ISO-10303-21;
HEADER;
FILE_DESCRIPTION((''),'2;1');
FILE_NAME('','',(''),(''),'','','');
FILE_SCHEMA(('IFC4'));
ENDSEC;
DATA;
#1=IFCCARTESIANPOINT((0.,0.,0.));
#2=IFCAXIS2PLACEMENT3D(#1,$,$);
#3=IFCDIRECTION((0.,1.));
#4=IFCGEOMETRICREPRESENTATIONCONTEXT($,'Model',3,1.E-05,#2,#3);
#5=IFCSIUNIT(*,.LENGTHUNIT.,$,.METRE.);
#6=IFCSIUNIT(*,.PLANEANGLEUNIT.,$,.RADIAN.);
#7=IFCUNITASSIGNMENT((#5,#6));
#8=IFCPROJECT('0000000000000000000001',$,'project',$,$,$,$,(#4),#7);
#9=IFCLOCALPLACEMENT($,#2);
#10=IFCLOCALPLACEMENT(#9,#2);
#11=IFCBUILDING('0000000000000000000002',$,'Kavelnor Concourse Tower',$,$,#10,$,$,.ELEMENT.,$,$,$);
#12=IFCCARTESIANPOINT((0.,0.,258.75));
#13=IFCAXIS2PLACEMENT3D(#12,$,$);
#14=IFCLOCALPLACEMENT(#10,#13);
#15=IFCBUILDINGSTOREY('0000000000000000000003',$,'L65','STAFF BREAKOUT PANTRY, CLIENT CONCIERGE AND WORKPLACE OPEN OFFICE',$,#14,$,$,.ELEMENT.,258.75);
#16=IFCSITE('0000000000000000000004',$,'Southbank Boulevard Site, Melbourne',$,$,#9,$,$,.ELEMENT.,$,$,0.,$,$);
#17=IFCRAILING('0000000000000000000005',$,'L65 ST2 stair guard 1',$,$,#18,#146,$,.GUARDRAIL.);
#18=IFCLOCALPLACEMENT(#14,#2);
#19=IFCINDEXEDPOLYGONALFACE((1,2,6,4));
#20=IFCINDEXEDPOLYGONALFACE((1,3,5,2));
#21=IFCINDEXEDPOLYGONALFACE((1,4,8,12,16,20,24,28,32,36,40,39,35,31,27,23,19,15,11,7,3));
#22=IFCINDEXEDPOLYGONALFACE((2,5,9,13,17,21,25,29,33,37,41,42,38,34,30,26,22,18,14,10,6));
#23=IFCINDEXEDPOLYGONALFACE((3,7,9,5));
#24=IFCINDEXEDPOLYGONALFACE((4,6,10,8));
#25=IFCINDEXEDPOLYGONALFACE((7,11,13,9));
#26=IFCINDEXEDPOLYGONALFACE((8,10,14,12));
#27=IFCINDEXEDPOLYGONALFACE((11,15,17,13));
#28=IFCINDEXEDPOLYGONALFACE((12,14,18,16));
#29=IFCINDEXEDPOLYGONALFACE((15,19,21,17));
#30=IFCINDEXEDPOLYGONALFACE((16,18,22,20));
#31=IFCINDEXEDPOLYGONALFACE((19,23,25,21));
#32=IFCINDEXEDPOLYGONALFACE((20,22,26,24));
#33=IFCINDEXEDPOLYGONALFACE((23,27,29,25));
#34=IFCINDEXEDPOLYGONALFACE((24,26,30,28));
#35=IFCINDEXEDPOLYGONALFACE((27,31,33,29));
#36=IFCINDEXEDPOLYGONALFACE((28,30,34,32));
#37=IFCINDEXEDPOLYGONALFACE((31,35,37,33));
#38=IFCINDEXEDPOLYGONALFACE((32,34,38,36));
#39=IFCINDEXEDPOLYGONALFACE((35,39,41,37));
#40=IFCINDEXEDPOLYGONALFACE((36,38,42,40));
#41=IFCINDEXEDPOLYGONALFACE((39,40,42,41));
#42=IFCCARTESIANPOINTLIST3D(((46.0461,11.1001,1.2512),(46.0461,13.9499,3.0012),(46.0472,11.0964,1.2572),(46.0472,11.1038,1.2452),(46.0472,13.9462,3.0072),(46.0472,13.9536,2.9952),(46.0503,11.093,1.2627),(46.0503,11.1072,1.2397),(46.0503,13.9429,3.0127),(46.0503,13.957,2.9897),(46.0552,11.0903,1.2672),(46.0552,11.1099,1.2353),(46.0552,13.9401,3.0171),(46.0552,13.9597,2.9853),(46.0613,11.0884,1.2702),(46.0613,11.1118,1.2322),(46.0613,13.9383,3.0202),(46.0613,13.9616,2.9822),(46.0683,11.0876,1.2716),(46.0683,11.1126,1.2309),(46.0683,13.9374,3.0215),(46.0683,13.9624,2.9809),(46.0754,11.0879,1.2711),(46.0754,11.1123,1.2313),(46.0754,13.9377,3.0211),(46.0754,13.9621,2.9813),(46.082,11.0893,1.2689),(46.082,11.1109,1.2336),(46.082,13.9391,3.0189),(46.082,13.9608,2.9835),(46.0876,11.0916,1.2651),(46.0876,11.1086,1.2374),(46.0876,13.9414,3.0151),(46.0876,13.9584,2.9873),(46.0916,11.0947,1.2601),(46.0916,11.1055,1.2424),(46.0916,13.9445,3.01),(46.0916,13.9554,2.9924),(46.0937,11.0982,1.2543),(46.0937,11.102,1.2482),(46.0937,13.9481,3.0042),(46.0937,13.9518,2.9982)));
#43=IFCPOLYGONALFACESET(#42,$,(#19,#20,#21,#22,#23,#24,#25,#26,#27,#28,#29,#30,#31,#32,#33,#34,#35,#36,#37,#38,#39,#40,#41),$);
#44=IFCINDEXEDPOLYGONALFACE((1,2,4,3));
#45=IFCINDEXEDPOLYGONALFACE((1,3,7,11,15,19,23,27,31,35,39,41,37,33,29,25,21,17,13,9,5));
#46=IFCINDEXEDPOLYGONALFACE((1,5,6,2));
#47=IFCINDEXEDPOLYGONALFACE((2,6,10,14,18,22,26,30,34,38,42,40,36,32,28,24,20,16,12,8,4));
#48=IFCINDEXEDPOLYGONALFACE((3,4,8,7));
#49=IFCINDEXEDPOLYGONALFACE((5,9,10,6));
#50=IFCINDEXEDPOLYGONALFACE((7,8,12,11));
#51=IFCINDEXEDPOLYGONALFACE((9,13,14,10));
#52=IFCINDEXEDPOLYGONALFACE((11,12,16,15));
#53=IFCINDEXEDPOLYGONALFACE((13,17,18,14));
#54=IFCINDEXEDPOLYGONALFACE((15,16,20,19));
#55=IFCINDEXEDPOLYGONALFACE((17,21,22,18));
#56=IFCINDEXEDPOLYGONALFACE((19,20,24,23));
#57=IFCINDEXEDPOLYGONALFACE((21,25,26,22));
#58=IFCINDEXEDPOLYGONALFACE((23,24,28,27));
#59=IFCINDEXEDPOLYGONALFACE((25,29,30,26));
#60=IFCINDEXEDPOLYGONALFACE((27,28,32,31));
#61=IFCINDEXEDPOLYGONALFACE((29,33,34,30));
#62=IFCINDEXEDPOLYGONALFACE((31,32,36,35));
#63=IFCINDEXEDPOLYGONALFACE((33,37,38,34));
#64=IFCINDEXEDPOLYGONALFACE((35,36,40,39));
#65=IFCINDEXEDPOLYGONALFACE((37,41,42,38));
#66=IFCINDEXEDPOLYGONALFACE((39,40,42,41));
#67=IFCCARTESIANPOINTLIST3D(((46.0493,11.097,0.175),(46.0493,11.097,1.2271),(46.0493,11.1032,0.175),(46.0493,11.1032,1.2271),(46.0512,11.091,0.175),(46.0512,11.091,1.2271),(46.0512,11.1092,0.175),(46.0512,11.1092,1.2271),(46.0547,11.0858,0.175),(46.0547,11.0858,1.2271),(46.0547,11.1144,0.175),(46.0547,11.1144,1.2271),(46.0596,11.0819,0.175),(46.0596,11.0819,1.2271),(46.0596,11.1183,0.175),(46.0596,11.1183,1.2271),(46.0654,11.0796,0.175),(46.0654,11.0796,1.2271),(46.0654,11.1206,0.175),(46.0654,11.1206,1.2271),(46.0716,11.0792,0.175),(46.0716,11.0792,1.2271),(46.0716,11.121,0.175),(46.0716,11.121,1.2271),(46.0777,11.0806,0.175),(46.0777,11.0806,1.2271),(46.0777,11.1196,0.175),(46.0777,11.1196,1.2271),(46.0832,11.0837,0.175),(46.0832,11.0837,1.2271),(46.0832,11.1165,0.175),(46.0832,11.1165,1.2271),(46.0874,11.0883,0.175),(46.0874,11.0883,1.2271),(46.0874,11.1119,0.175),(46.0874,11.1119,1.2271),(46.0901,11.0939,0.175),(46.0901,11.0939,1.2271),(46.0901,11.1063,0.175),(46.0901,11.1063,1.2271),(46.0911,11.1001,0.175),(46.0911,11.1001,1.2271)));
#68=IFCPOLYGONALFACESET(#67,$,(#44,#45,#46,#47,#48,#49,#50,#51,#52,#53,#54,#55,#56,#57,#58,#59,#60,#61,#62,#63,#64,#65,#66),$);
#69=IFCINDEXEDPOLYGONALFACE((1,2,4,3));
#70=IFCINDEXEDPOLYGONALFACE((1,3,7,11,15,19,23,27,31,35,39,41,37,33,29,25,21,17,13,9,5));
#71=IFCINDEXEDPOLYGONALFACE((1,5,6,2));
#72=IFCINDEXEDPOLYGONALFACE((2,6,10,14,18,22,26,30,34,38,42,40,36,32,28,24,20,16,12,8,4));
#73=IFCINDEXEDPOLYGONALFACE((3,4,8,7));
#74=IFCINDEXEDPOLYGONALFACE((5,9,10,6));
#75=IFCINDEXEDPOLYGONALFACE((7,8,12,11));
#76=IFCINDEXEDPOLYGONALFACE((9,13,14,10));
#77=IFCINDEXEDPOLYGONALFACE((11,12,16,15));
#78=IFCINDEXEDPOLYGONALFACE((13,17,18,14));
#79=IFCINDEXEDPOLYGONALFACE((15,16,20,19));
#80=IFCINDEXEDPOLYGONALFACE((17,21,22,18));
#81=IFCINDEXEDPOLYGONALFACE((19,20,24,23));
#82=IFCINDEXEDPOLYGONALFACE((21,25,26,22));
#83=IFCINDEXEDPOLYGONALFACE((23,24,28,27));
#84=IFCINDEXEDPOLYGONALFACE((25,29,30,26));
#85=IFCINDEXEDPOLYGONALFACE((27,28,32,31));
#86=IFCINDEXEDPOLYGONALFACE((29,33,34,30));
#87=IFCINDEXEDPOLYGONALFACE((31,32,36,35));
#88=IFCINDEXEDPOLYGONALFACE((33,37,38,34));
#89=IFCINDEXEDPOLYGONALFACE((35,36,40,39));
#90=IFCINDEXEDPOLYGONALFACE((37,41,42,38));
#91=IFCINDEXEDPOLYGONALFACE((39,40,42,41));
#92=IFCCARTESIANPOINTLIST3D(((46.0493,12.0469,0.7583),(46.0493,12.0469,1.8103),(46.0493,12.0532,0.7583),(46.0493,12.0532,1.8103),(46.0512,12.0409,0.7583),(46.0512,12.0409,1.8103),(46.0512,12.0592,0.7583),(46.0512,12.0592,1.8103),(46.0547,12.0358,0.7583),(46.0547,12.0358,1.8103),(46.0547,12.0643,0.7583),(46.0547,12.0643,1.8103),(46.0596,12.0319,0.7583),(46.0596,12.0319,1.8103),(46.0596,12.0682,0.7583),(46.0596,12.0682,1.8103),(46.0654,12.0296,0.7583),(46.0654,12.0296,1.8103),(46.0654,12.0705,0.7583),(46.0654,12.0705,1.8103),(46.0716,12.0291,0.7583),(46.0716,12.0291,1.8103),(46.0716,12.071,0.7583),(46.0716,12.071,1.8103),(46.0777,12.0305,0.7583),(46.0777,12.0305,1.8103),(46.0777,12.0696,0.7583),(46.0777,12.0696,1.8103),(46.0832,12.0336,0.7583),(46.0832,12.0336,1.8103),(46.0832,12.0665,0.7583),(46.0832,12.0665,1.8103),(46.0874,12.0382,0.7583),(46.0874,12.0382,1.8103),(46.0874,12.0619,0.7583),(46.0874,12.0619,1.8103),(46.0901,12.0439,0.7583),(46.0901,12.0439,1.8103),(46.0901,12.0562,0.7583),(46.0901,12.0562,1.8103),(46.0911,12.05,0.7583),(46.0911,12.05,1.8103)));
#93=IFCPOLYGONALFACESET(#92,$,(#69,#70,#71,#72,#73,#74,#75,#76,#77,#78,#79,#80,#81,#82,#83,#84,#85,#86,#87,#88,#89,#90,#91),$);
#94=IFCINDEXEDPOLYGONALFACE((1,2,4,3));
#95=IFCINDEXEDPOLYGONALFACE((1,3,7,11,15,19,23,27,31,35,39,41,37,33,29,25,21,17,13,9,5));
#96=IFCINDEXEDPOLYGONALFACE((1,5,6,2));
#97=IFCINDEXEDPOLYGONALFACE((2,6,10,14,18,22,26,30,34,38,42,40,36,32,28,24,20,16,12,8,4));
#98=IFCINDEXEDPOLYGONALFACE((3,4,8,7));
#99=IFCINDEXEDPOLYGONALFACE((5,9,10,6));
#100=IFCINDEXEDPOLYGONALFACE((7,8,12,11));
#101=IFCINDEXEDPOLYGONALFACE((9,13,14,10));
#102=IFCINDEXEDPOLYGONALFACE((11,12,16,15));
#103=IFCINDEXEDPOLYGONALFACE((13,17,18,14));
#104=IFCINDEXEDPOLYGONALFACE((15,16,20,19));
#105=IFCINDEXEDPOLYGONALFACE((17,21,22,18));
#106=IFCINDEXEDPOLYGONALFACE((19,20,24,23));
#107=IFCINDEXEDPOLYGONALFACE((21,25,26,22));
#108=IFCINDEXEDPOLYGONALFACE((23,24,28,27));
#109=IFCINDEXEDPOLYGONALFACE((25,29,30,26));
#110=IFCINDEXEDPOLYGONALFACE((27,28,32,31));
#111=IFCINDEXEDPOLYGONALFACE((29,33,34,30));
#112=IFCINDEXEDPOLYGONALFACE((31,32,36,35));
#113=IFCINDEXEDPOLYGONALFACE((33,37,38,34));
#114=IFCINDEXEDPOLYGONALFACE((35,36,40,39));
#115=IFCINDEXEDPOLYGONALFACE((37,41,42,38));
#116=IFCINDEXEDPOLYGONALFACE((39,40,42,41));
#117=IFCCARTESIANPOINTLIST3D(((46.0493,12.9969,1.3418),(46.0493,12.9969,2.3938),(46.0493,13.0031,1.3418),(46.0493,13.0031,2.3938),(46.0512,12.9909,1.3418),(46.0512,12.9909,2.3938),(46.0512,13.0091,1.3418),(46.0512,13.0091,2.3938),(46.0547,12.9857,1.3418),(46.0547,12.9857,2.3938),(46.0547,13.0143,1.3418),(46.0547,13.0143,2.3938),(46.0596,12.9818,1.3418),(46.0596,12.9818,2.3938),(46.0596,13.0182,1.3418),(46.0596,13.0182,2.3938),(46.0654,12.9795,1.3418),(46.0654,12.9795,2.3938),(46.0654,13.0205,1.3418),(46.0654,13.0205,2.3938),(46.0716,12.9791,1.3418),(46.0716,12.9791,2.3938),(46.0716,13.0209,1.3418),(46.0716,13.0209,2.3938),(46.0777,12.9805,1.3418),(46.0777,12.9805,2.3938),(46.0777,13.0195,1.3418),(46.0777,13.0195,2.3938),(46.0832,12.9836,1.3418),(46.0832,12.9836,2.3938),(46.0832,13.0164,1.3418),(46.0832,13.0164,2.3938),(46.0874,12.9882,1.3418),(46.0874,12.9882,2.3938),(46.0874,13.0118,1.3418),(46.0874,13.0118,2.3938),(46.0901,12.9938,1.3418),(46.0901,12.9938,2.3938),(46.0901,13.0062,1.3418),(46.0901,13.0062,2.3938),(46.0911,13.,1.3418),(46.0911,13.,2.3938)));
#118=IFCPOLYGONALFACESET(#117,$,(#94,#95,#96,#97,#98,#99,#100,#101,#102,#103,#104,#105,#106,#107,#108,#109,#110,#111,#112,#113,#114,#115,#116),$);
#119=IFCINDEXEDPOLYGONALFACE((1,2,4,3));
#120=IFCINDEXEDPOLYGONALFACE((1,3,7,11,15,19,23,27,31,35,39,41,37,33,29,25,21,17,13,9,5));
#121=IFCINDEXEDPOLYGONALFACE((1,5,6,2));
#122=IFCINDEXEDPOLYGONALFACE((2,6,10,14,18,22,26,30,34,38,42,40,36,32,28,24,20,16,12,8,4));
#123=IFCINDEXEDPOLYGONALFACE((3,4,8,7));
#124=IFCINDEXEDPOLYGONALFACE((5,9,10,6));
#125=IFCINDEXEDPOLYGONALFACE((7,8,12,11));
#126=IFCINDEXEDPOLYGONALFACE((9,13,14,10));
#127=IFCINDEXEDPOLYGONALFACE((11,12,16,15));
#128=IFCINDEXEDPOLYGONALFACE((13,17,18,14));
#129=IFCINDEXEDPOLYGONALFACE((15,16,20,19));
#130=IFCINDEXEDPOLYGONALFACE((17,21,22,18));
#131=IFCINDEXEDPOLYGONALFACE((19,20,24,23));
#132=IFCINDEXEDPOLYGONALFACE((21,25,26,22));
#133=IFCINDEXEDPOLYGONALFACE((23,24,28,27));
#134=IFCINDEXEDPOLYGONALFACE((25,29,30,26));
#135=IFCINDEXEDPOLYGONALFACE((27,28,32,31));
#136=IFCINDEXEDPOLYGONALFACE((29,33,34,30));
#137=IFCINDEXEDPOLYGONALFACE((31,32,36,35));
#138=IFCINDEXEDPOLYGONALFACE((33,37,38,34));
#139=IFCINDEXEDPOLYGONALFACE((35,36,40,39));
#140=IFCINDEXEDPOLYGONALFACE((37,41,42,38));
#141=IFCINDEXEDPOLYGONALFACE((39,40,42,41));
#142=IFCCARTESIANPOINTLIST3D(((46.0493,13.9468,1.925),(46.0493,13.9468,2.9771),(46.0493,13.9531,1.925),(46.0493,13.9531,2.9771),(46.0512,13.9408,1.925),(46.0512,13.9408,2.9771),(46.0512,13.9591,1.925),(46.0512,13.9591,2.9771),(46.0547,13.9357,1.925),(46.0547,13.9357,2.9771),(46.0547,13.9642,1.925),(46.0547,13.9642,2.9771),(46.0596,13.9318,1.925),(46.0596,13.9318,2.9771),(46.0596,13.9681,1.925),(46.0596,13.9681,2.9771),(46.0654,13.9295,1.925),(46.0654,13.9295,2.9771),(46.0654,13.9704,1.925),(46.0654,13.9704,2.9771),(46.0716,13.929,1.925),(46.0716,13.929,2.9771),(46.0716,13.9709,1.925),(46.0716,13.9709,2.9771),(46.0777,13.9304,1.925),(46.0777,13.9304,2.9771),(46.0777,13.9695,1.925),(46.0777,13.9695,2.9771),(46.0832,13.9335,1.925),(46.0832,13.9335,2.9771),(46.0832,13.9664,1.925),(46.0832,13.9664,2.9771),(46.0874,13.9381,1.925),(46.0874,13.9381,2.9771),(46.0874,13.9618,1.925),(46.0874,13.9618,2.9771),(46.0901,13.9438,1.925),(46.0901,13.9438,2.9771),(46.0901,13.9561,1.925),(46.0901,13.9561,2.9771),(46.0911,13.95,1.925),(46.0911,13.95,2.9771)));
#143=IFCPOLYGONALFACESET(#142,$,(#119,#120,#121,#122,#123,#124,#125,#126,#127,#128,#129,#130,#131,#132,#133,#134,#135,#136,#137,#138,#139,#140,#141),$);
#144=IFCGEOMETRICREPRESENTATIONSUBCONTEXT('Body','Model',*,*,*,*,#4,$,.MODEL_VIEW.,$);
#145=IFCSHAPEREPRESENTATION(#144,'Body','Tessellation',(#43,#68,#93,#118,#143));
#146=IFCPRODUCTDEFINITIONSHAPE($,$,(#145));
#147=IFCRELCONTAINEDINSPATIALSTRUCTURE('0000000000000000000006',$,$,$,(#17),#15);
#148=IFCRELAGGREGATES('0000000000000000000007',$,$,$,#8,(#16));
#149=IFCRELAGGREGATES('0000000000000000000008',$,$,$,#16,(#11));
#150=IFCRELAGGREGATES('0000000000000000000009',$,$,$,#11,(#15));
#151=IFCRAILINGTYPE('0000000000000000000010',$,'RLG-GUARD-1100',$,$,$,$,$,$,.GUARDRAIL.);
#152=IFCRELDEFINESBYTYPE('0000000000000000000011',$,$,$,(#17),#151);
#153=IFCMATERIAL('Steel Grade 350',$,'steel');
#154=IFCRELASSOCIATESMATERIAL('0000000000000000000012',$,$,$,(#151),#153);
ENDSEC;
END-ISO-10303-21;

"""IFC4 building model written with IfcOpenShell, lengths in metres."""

from ifc_helpers import new_model, si_unit, direction, frame, origin, origin_2d, place, context, subcontext, project, spatial, circle, extrude, material, type_object, element, save


model = new_model("IFC4")

# Units and contexts
model_context = context("Model", 3, precision=1e-05, world=origin(), true_north=direction((0.0, 1.0)))
body_context = subcontext(model_context, "Body", "Model", "MODEL_VIEW")
ifc_project = project(units=[si_unit("LENGTHUNIT", "METRE"), si_unit("PLANEANGLEUNIT", "RADIAN")], contexts=[model_context])

# Site, building, storey
site_placement = place(None, origin())
site = spatial("IfcSite", under=ifc_project, at=site_placement, Name="Southbank Boulevard Site, Melbourne", CompositionType="ELEMENT", RefElevation=0.0)
building_placement = place(site_placement, origin())
building = spatial("IfcBuilding", under=site, at=building_placement, Name="Kavelnor Concourse Tower", CompositionType="ELEMENT")
storey_placement = place(building_placement, frame((0.0, 0.0, 258.75)))
storey = spatial("IfcBuildingStorey", under=building, at=storey_placement, Name="L65", Description="STAFF BREAKOUT PANTRY, CLIENT CONCIERGE AND WORKPLACE OPEN OFFICE", CompositionType="ELEMENT", Elevation=258.75)

# Shared definitions
ifc_material_1 = material(Name="Steel Grade 350", Category="steel")

# Railing
railing_type_1 = type_object("IfcRailingType", Name="RLG-GUARD-1100", PredefinedType="GUARDRAIL", material=ifc_material_1)
railing_1_placement = place(storey_placement, frame((46.0701, 11.1001, 0.175)))
element("IfcRailing", 1, at=railing_1_placement, inside=storey, type_object=railing_type_1, Name="L65 ST2 stair guard 1", PredefinedType="GUARDRAIL", context=body_context, shape_type="SweptSolid", body=[
    extrude(circle(Radius=0.0239, at=origin_2d()), frame((0.0, 0.0, 1.0762), z_axis=(0.0, 0.852159, 0.523283), x_axis=(-1.0, 0.0, 0.0)), (0.0, 0.0, 1.0), 3.3442),
    extrude(circle(Radius=0.021, at=origin_2d()), origin(), (0.0, 0.0, 1.0), 1.052),
    extrude(circle(Radius=0.021, at=origin_2d()), frame((0.0, 0.95, 0.5833)), (0.0, 0.0, 1.0), 1.052),
    extrude(circle(Radius=0.021, at=origin_2d()), frame((0.0, 1.8999, 1.1667)), (0.0, 0.0, 1.0), 1.052),
    extrude(circle(Radius=0.021, at=origin_2d()), frame((0.0, 2.8499, 1.75)), (0.0, 0.0, 1.0), 1.052),
])

save(model, "model.ifc")
